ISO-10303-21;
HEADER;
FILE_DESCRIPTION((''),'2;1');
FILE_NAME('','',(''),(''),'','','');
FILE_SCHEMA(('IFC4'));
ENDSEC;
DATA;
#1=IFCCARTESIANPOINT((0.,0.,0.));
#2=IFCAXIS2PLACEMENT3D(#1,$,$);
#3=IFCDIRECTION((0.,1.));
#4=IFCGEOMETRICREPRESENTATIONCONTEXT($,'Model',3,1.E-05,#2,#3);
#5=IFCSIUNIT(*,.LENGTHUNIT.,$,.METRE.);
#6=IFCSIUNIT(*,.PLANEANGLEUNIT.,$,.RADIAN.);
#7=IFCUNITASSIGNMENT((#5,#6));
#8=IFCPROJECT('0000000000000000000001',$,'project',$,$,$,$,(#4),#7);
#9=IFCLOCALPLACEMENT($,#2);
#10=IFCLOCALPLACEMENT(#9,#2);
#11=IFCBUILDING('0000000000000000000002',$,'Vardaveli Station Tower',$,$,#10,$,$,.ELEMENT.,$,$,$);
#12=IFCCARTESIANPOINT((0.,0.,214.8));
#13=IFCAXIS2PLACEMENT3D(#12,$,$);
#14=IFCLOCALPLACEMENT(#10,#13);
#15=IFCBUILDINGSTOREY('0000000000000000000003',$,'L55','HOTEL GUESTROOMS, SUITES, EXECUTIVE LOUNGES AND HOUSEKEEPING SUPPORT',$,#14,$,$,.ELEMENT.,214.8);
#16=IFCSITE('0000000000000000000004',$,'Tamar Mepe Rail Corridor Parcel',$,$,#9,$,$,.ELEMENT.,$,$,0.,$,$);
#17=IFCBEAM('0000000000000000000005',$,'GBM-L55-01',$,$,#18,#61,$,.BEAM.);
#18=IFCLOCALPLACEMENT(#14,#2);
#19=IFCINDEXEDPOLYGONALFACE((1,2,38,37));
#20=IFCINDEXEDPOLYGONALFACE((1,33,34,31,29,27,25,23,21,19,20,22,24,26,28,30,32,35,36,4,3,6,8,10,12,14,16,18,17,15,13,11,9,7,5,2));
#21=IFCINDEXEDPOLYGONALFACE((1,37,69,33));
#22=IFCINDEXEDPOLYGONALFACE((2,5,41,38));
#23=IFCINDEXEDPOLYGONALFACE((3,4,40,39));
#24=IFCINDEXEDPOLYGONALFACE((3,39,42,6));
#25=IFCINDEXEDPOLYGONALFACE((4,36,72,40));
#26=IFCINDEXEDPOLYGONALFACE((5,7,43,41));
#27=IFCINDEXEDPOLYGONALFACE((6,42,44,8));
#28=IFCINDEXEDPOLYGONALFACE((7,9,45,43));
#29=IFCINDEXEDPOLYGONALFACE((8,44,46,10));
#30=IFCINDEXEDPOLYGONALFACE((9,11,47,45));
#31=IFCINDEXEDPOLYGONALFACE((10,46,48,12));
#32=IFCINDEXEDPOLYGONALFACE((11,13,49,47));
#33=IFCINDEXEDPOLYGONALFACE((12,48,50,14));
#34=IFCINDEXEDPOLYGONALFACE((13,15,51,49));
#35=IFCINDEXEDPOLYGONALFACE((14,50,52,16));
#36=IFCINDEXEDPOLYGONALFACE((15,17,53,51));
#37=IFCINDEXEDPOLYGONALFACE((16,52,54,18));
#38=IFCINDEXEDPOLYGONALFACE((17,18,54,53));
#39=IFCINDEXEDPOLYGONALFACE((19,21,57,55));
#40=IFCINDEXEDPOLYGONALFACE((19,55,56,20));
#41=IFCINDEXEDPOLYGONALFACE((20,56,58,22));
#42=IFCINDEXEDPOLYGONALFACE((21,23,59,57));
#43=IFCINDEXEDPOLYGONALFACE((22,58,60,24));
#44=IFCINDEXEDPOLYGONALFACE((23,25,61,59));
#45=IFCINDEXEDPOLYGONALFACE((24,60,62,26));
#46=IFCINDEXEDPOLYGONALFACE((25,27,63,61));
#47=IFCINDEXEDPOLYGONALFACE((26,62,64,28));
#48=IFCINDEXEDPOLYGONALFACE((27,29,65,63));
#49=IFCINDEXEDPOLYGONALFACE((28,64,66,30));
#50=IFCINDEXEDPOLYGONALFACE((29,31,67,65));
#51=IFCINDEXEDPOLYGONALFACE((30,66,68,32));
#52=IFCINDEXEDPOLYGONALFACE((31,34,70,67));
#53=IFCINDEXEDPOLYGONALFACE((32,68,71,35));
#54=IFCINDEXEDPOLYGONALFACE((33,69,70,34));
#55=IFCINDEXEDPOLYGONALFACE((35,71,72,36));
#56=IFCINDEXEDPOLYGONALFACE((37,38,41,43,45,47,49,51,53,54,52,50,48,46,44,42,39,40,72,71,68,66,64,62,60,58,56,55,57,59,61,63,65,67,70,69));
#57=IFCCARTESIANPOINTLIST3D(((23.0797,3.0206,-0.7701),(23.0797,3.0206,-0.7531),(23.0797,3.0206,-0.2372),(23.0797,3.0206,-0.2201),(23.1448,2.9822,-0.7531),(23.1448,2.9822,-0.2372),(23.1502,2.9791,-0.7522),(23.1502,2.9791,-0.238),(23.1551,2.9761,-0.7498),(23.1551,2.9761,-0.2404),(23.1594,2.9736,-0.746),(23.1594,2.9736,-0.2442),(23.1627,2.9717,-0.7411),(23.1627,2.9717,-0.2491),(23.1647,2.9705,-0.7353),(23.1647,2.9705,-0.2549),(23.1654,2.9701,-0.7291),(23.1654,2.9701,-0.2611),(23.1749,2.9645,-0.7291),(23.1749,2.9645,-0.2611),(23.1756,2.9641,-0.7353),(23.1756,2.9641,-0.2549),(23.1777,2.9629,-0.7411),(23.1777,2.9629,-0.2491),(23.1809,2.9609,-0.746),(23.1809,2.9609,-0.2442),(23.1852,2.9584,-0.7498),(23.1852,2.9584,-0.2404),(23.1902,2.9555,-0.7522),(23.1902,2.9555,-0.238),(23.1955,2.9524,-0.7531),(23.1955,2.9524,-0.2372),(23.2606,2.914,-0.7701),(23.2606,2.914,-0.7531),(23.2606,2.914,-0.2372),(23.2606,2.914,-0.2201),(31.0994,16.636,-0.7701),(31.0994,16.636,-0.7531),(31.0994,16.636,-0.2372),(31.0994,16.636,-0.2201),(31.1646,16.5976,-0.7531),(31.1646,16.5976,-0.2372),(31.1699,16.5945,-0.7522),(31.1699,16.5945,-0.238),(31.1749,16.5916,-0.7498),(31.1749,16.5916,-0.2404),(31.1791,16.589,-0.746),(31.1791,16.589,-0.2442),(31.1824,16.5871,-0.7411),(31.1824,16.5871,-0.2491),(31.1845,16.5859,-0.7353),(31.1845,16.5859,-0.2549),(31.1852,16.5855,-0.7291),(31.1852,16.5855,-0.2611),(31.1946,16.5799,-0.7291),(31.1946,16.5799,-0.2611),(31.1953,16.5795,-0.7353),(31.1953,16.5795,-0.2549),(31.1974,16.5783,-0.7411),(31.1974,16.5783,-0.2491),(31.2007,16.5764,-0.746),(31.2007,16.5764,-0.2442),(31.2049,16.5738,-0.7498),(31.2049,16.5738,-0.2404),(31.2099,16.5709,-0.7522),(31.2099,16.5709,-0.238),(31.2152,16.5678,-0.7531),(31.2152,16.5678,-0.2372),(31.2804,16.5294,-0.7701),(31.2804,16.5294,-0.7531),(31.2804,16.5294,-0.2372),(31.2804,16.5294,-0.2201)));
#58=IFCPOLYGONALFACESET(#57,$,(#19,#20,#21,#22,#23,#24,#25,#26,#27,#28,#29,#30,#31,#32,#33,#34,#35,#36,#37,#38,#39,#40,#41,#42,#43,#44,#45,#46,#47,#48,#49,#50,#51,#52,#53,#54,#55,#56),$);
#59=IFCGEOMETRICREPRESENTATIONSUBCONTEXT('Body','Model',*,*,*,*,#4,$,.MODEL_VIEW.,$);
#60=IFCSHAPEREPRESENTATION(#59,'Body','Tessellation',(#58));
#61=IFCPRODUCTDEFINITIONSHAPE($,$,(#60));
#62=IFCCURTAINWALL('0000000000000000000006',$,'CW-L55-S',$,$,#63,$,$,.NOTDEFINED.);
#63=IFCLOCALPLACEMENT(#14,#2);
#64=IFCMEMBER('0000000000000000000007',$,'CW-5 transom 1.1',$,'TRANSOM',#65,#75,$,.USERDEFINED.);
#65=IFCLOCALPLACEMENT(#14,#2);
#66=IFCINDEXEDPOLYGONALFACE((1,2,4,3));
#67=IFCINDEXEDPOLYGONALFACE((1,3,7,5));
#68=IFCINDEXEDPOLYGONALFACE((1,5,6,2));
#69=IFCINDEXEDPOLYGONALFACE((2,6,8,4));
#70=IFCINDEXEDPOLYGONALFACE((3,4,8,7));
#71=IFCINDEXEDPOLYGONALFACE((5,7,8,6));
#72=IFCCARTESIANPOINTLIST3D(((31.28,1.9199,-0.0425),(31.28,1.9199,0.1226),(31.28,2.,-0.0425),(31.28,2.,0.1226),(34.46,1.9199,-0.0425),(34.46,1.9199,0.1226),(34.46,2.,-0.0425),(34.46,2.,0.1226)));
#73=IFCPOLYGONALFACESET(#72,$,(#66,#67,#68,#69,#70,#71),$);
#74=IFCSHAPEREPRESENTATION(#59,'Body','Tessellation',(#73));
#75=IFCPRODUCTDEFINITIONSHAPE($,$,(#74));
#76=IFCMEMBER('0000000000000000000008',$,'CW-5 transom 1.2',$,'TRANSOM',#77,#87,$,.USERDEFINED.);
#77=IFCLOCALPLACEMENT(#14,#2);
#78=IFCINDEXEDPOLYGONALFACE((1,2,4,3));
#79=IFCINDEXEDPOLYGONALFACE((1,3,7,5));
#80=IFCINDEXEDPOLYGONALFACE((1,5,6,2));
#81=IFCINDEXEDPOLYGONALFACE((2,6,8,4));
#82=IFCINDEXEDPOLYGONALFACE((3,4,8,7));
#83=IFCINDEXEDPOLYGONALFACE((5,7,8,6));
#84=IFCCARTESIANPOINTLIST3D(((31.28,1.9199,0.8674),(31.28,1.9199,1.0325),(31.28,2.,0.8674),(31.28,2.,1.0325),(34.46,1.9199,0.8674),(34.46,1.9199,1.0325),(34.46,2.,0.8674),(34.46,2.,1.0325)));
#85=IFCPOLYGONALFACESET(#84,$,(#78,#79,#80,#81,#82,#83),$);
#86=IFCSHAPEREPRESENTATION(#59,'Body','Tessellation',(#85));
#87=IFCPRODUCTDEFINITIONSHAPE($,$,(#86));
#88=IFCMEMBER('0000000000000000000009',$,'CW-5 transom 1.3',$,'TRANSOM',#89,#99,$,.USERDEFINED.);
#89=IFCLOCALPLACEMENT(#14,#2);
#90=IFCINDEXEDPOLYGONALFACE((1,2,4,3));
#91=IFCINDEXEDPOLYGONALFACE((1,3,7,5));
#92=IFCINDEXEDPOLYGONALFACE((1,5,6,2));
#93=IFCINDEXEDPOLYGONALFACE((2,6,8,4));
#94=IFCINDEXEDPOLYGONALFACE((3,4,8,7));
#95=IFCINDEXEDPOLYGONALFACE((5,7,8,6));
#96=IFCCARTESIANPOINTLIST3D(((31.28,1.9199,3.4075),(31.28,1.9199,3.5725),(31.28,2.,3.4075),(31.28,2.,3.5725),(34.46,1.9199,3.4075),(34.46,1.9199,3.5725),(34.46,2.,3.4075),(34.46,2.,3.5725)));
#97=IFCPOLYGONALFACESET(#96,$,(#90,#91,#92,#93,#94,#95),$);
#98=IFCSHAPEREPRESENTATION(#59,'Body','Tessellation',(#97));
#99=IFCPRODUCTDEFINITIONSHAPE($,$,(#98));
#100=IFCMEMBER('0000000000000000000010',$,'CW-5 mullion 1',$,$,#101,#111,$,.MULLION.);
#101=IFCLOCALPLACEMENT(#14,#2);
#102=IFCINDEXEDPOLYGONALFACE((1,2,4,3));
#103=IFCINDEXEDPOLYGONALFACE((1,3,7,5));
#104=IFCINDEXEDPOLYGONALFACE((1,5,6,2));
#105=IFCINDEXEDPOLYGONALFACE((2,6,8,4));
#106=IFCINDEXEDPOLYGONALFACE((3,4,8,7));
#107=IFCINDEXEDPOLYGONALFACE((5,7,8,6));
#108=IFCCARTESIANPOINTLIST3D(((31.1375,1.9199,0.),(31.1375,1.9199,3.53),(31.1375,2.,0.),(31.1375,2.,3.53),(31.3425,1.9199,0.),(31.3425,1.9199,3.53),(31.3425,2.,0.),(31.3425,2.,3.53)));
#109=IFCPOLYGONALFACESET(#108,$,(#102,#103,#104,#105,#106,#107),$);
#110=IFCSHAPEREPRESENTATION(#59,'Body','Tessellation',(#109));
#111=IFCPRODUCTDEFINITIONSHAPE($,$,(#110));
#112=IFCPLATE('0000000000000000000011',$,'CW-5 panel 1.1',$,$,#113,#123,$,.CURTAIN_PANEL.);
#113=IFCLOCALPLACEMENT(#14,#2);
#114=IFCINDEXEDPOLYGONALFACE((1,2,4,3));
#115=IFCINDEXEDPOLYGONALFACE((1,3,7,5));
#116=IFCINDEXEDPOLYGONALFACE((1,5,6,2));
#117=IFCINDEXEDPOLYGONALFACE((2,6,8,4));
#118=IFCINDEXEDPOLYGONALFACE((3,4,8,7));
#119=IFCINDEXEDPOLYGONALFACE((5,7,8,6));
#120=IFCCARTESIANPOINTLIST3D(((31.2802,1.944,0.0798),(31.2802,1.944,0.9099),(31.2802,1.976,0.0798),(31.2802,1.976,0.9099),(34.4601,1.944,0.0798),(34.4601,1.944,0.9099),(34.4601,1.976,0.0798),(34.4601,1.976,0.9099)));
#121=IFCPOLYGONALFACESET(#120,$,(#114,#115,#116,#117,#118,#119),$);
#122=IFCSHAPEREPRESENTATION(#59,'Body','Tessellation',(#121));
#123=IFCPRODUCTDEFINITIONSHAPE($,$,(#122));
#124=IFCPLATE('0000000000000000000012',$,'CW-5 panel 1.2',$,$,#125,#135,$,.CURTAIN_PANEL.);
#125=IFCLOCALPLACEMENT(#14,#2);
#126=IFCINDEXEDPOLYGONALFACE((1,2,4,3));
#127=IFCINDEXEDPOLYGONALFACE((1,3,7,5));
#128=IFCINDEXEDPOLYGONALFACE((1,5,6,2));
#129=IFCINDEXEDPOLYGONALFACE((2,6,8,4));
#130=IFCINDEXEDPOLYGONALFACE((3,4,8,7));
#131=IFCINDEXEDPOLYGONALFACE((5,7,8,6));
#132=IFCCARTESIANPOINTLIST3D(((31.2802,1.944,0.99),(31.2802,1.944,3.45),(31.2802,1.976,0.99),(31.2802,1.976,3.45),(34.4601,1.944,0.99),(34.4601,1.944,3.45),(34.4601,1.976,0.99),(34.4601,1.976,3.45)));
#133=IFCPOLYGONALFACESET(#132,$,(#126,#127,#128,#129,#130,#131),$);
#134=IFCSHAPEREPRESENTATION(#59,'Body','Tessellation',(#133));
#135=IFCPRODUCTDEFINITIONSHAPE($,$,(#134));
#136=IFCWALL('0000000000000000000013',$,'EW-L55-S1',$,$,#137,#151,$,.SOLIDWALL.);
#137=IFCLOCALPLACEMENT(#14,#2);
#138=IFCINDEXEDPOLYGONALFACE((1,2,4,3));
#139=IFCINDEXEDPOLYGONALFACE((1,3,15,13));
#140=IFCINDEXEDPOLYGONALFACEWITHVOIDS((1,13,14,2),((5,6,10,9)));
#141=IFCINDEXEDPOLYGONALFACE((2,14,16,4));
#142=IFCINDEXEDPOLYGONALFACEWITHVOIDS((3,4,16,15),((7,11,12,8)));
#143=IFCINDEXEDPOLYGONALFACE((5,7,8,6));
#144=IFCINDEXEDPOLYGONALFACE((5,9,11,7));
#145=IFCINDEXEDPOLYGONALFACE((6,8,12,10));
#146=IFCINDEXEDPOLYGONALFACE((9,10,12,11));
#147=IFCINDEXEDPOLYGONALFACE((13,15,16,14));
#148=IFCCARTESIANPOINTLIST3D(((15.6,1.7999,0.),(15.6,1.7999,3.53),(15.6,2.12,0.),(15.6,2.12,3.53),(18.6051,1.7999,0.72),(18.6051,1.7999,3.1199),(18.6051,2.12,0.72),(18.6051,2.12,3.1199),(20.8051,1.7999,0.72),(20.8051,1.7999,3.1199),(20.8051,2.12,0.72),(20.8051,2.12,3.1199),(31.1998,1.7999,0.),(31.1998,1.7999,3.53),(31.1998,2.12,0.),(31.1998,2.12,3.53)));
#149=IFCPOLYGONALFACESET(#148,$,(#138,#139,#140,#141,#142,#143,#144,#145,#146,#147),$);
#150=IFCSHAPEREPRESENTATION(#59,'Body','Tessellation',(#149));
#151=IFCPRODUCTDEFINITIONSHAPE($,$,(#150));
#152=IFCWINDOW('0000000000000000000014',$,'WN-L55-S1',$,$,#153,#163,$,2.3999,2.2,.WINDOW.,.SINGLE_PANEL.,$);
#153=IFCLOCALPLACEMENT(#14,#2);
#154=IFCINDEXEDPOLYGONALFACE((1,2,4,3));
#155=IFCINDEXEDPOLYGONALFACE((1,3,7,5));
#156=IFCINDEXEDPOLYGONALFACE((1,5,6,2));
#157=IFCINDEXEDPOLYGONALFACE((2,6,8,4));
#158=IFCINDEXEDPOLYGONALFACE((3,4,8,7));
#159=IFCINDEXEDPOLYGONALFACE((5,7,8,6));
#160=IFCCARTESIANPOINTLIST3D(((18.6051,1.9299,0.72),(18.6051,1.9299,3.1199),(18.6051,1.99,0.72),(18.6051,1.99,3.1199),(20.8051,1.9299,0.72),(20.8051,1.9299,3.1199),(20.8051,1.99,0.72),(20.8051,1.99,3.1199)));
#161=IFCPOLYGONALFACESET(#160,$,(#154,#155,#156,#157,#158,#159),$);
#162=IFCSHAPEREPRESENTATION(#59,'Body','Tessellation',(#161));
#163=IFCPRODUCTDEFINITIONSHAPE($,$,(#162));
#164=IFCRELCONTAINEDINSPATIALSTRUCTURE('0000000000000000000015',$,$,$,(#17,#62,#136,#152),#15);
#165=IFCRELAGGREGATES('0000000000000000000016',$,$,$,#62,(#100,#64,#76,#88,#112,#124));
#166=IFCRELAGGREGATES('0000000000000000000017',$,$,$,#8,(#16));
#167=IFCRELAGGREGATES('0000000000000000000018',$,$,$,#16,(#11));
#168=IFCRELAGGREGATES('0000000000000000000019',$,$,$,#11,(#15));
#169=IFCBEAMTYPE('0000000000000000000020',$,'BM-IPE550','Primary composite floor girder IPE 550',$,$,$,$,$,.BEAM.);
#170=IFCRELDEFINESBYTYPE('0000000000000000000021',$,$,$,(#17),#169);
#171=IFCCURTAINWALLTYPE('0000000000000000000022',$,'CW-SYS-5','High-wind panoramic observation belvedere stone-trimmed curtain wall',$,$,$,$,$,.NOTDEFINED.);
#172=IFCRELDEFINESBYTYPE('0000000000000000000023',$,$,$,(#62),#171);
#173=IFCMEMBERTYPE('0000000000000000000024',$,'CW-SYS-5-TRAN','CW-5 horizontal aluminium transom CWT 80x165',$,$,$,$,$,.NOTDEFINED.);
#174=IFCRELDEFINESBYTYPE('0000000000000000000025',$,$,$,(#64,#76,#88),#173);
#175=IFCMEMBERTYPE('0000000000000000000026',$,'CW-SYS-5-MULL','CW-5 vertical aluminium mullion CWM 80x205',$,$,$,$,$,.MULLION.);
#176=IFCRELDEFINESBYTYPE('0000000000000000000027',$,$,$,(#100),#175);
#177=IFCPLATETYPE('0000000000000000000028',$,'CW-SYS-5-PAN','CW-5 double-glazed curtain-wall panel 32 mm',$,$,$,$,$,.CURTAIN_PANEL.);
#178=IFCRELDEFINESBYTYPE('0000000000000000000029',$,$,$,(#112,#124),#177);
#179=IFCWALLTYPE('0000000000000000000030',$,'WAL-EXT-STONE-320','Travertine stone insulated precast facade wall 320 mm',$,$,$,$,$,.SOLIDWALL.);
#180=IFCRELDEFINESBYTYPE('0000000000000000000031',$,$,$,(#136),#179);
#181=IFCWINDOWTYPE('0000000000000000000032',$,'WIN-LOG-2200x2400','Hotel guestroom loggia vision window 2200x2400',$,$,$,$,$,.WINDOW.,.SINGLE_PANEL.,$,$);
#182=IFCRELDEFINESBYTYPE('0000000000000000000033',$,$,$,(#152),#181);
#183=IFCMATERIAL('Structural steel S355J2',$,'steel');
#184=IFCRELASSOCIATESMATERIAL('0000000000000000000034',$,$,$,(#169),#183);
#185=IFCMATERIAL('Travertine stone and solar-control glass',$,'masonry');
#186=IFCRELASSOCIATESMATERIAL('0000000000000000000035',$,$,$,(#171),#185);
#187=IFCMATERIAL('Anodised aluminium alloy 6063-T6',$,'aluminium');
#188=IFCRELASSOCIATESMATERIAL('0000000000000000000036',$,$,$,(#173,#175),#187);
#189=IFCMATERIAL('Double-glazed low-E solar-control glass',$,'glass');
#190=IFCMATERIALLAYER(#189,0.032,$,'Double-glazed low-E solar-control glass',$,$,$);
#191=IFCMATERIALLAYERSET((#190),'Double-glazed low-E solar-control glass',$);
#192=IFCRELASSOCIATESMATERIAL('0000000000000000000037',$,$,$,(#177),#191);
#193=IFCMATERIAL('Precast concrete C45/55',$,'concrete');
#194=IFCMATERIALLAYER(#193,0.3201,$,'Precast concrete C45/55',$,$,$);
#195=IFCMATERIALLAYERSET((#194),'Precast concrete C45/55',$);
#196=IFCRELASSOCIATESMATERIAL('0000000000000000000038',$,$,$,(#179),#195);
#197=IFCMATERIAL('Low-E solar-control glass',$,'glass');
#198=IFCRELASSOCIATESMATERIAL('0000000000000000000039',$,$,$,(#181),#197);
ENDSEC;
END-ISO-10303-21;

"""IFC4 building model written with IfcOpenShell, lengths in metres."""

from ifc_helpers import new_model, si_unit, direction, frame, frame_2d, origin, origin_2d, place, context, subcontext, project, spatial, rectangle, i_section, extrude, source, transform, mapped, material, layer, layer_set, material_profile, profile_set, type_object, element, fill, aggregate, save


model = new_model("IFC4")

# Units and contexts
model_context = context("Model", 3, precision=1e-05, world=origin(), true_north=direction((0.0, 1.0)))
body_context = subcontext(model_context, "Body", "Model", "MODEL_VIEW")
ifc_project = project(units=[si_unit("LENGTHUNIT", "METRE"), si_unit("PLANEANGLEUNIT", "RADIAN")], contexts=[model_context])

# Site, building, storey
site_placement = place(None, origin())
site = spatial("IfcSite", under=ifc_project, at=site_placement, Name="Tamar Mepe Rail Corridor Parcel", CompositionType="ELEMENT", RefElevation=0.0)
building_placement = place(site_placement, origin())
building = spatial("IfcBuilding", under=site, at=building_placement, Name="Vardaveli Station Tower", CompositionType="ELEMENT")
storey_placement = place(building_placement, frame((0.0, 0.0, 214.8)))
storey = spatial("IfcBuildingStorey", under=building, at=storey_placement, Name="L55", Description="HOTEL GUESTROOMS, SUITES, EXECUTIVE LOUNGES AND HOUSEKEEPING SUPPORT", CompositionType="ELEMENT", Elevation=214.8)

# Beam
ifc_material_1 = material(Name="Precast concrete C45/55", Category="concrete")
ifc_material_2 = material(Name="Structural steel S355J2", Category="steel")
ifc_material_profile_1 = material_profile(ifc_material_2, i_section(OverallWidth=0.21, OverallDepth=0.55, WebThickness=0.011, FlangeThickness=0.0171, FilletRadius=0.0239, at=origin_2d()), Name="IPE 550")
ifc_profile_set_1 = profile_set([ifc_material_profile_1], Name="Structural steel S355J2")
beam_type_1 = type_object("IfcBeamType", Name="BM-IPE550", Description="Primary composite floor girder IPE 550", PredefinedType="BEAM", material=ifc_profile_set_1)
shared_shape_1 = source(origin(), body_context, "Body", "SweptSolid", [
    extrude(i_section(OverallWidth=0.21, OverallDepth=0.55, WebThickness=0.011, FlangeThickness=0.0171, FilletRadius=0.0239, at=origin_2d()), origin(), (0.0, 0.0, 1.0), 15.8018),
])
beam_1_placement = place(storey_placement, frame((23.1702, 2.9673, -0.4951), z_axis=(0.507522, 0.861639, 0.0), x_axis=(-0.861639, 0.507522, 0.0)))
element("IfcBeam", 1, at=beam_1_placement, inside=storey, type_object=beam_type_1, Name="GBM-L55-01", PredefinedType="BEAM", context=body_context, shape_type="MappedRepresentation", body=[
    mapped(shared_shape_1, transform((0.0, 0.0, 0.0), scale=1.0)),
])

# Curtain wall, members, plates
ifc_material_3 = material(Name="Travertine stone and solar-control glass", Category="masonry")
curtain_wall_type = type_object("IfcCurtainWallType", Name="CW-SYS-5", Description="High-wind panoramic observation belvedere stone-trimmed curtain wall", PredefinedType="NOTDEFINED", material=ifc_material_3)
curtain_wall_placement = place(storey_placement, origin())
curtain_wall = element("IfcCurtainWall", 2, at=curtain_wall_placement, inside=storey, type_object=curtain_wall_type, Name="CW-L55-S", PredefinedType="NOTDEFINED")
ifc_material_4 = material(Name="Anodised aluminium alloy 6063-T6", Category="aluminium")
ifc_material_profile_2 = material_profile(ifc_material_4, rectangle(XDim=0.0801, YDim=0.165, at=origin_2d()), Name="CWT 80x165")
ifc_profile_set_2 = profile_set([ifc_material_profile_2], Name="Anodised aluminium alloy 6063-T6")
member_type_1 = type_object("IfcMemberType", Name="CW-SYS-5-TRAN", Description="CW-5 horizontal aluminium transom CWT 80x165", PredefinedType="NOTDEFINED", material=ifc_profile_set_2)
shared_shape_2 = source(origin(), body_context, "Body", "SweptSolid", [
    extrude(rectangle(XDim=0.0801, YDim=0.165, at=origin_2d()), origin(), (0.0, 0.0, 1.0), 3.1799),
])
member_1_placement = place(storey_placement, frame((31.28, 1.96, 0.04), z_axis=(1.0, 0.0, 0.0), x_axis=(0.0, 1.0, 0.0)))
member_1 = element("IfcMember", 3, at=member_1_placement, type_object=member_type_1, Name="CW-5 transom 1.1", ObjectType="TRANSOM", PredefinedType="USERDEFINED", context=body_context, shape_type="MappedRepresentation", body=[
    mapped(shared_shape_2, transform((0.0, 0.0, 0.0), scale=1.0)),
])
member_2_placement = place(storey_placement, frame((31.28, 1.96, 0.95), z_axis=(1.0, 0.0, 0.0), x_axis=(0.0, 1.0, 0.0)))
member_2 = element("IfcMember", 4, at=member_2_placement, type_object=member_type_1, Name="CW-5 transom 1.2", ObjectType="TRANSOM", PredefinedType="USERDEFINED", context=body_context, shape_type="MappedRepresentation", body=[
    mapped(shared_shape_2, transform((0.0, 0.0, 0.0), scale=1.0)),
])
member_3_placement = place(storey_placement, frame((31.28, 1.96, 3.49), z_axis=(1.0, 0.0, 0.0), x_axis=(0.0, 1.0, 0.0)))
member_3 = element("IfcMember", 5, at=member_3_placement, type_object=member_type_1, Name="CW-5 transom 1.3", ObjectType="TRANSOM", PredefinedType="USERDEFINED", context=body_context, shape_type="MappedRepresentation", body=[
    mapped(shared_shape_2, transform((0.0, 0.0, 0.0), scale=1.0)),
])
ifc_material_profile_3 = material_profile(ifc_material_4, rectangle(XDim=0.0801, YDim=0.2051, at=origin_2d()), Name="CWM 80x205")
ifc_profile_set_3 = profile_set([ifc_material_profile_3], Name="Anodised aluminium alloy 6063-T6")
member_type_2 = type_object("IfcMemberType", Name="CW-SYS-5-MULL", Description="CW-5 vertical aluminium mullion CWM 80x205", PredefinedType="MULLION", material=ifc_profile_set_3)
shared_shape_3 = source(origin(), body_context, "Body", "SweptSolid", [
    extrude(rectangle(XDim=0.0801, YDim=0.2051, at=origin_2d()), origin(), (0.0, 0.0, 1.0), 3.53),
])
member_4_placement = place(storey_placement, frame((31.24, 1.96, 0.0), z_axis=(0.0, 0.0, 1.0), x_axis=(0.0, 1.0, 0.0)))
member_4 = element("IfcMember", 6, at=member_4_placement, type_object=member_type_2, Name="CW-5 mullion 1", PredefinedType="MULLION", context=body_context, shape_type="MappedRepresentation", body=[
    mapped(shared_shape_3, transform((0.0, 0.0, 0.0), scale=1.0)),
])
ifc_material_5 = material(Name="Double-glazed low-E solar-control glass", Category="glass")
ifc_layer_1 = layer(ifc_material_5, 0.032, Name="Double-glazed low-E solar-control glass")
ifc_layer_set_1 = layer_set([ifc_layer_1], Name="Double-glazed low-E solar-control glass")
plate_type = type_object("IfcPlateType", Name="CW-SYS-5-PAN", Description="CW-5 double-glazed curtain-wall panel 32 mm", PredefinedType="CURTAIN_PANEL", material=ifc_layer_set_1)
shared_shape_4 = source(origin(), body_context, "Body", "SweptSolid", [
    extrude(rectangle(XDim=3.1799, YDim=0.032, at=origin_2d()), origin(), (0.0, 0.0, 1.0), 0.8301),
])
plate_1_placement = place(storey_placement, frame((32.8701, 1.96, 0.0798), z_axis=(0.0, 0.0, 1.0), x_axis=(1.0, 0.0, 0.0)))
plate_1 = element("IfcPlate", 7, at=plate_1_placement, type_object=plate_type, Name="CW-5 panel 1.1", PredefinedType="CURTAIN_PANEL", context=body_context, shape_type="MappedRepresentation", body=[
    mapped(shared_shape_4, transform((0.0, 0.0, 0.0), scale=1.0)),
])
shared_shape_5 = source(origin(), body_context, "Body", "SweptSolid", [
    extrude(rectangle(XDim=3.1799, YDim=0.032, at=origin_2d()), origin(), (0.0, 0.0, 1.0), 2.46),
])
plate_2_placement = place(storey_placement, frame((32.8701, 1.96, 0.99), z_axis=(0.0, 0.0, 1.0), x_axis=(1.0, 0.0, 0.0)))
plate_2 = element("IfcPlate", 8, at=plate_2_placement, type_object=plate_type, Name="CW-5 panel 1.2", PredefinedType="CURTAIN_PANEL", context=body_context, shape_type="MappedRepresentation", body=[
    mapped(shared_shape_5, transform((0.0, 0.0, 0.0), scale=1.0)),
])
aggregate(curtain_wall, [member_4, member_1, member_2, member_3, plate_1, plate_2])

# Wall, opening, window
ifc_layer_2 = layer(ifc_material_1, 0.3201, Name="Precast concrete C45/55")
ifc_layer_set_2 = layer_set([ifc_layer_2], Name="Precast concrete C45/55")
wall_type_1 = type_object("IfcWallType", Name="WAL-EXT-STONE-320", Description="Travertine stone insulated precast facade wall 320 mm", PredefinedType="SOLIDWALL", material=ifc_layer_set_2)
shared_shape_6 = source(origin(), body_context, "Body", "SweptSolid", [
    extrude(rectangle(XDim=15.5999, YDim=0.3201, at=frame_2d((7.7998, 0.0))), origin(), (0.0, 0.0, 1.0), 3.53),
])
wall_1_placement = place(storey_placement, frame((15.6001, 1.96, 0.0), z_axis=(0.0, 0.0, 1.0), x_axis=(1.0, 0.0, 0.0)))
wall_1 = element("IfcWall", 9, at=wall_1_placement, inside=storey, type_object=wall_type_1, Name="EW-L55-S1", PredefinedType="SOLIDWALL", context=body_context, shape_type="MappedRepresentation", body=[
    mapped(shared_shape_6, transform((0.0, 0.0, 0.0), scale=1.0)),
])
shared_shape_7 = source(origin(), body_context, "Body", "SweptSolid", [
    extrude(rectangle(XDim=2.2, YDim=2.3999, at=frame_2d((1.1001, 1.2))), frame((0.0, 0.1699, 0.0), z_axis=(0.0, -1.0, 0.0), x_axis=(1.0, 0.0, 0.0)), (0.0, 0.0, 1.0), 0.3401),
])
opening_placement = place(wall_1_placement, frame((3.0049, 0.0, 0.72)))
opening = element("IfcOpeningElement", 10, at=opening_placement, cuts=wall_1, PredefinedType="OPENING", context=body_context, shape_type="MappedRepresentation", body=[
    mapped(shared_shape_7, transform((0.0, 0.0, 0.0), scale=1.0)),
])
ifc_material_6 = material(Name="Low-E solar-control glass", Category="glass")
window_type = type_object("IfcWindowType", Name="WIN-LOG-2200x2400", Description="Hotel guestroom loggia vision window 2200x2400", PartitioningType="SINGLE_PANEL", PredefinedType="WINDOW", material=ifc_material_6)
shared_shape_8 = source(origin(), body_context, "Body", "SweptSolid", [
    extrude(rectangle(XDim=2.2, YDim=2.3999, at=frame_2d((1.1001, 1.2))), frame((0.0, 0.03, 0.0), z_axis=(0.0, -1.0, 0.0), x_axis=(1.0, 0.0, 0.0)), (0.0, 0.0, 1.0), 0.0601),
])
window_placement = place(opening_placement, origin())
window = element("IfcWindow", 11, at=window_placement, inside=storey, type_object=window_type, Name="WN-L55-S1", OverallHeight=2.3999, OverallWidth=2.2, PartitioningType="SINGLE_PANEL", PredefinedType="WINDOW", context=body_context, shape_type="MappedRepresentation", body=[
    mapped(shared_shape_8, transform((0.0, 0.0, 0.0), scale=1.0)),
])
fill(opening, window)

save(model, "model.ifc")
